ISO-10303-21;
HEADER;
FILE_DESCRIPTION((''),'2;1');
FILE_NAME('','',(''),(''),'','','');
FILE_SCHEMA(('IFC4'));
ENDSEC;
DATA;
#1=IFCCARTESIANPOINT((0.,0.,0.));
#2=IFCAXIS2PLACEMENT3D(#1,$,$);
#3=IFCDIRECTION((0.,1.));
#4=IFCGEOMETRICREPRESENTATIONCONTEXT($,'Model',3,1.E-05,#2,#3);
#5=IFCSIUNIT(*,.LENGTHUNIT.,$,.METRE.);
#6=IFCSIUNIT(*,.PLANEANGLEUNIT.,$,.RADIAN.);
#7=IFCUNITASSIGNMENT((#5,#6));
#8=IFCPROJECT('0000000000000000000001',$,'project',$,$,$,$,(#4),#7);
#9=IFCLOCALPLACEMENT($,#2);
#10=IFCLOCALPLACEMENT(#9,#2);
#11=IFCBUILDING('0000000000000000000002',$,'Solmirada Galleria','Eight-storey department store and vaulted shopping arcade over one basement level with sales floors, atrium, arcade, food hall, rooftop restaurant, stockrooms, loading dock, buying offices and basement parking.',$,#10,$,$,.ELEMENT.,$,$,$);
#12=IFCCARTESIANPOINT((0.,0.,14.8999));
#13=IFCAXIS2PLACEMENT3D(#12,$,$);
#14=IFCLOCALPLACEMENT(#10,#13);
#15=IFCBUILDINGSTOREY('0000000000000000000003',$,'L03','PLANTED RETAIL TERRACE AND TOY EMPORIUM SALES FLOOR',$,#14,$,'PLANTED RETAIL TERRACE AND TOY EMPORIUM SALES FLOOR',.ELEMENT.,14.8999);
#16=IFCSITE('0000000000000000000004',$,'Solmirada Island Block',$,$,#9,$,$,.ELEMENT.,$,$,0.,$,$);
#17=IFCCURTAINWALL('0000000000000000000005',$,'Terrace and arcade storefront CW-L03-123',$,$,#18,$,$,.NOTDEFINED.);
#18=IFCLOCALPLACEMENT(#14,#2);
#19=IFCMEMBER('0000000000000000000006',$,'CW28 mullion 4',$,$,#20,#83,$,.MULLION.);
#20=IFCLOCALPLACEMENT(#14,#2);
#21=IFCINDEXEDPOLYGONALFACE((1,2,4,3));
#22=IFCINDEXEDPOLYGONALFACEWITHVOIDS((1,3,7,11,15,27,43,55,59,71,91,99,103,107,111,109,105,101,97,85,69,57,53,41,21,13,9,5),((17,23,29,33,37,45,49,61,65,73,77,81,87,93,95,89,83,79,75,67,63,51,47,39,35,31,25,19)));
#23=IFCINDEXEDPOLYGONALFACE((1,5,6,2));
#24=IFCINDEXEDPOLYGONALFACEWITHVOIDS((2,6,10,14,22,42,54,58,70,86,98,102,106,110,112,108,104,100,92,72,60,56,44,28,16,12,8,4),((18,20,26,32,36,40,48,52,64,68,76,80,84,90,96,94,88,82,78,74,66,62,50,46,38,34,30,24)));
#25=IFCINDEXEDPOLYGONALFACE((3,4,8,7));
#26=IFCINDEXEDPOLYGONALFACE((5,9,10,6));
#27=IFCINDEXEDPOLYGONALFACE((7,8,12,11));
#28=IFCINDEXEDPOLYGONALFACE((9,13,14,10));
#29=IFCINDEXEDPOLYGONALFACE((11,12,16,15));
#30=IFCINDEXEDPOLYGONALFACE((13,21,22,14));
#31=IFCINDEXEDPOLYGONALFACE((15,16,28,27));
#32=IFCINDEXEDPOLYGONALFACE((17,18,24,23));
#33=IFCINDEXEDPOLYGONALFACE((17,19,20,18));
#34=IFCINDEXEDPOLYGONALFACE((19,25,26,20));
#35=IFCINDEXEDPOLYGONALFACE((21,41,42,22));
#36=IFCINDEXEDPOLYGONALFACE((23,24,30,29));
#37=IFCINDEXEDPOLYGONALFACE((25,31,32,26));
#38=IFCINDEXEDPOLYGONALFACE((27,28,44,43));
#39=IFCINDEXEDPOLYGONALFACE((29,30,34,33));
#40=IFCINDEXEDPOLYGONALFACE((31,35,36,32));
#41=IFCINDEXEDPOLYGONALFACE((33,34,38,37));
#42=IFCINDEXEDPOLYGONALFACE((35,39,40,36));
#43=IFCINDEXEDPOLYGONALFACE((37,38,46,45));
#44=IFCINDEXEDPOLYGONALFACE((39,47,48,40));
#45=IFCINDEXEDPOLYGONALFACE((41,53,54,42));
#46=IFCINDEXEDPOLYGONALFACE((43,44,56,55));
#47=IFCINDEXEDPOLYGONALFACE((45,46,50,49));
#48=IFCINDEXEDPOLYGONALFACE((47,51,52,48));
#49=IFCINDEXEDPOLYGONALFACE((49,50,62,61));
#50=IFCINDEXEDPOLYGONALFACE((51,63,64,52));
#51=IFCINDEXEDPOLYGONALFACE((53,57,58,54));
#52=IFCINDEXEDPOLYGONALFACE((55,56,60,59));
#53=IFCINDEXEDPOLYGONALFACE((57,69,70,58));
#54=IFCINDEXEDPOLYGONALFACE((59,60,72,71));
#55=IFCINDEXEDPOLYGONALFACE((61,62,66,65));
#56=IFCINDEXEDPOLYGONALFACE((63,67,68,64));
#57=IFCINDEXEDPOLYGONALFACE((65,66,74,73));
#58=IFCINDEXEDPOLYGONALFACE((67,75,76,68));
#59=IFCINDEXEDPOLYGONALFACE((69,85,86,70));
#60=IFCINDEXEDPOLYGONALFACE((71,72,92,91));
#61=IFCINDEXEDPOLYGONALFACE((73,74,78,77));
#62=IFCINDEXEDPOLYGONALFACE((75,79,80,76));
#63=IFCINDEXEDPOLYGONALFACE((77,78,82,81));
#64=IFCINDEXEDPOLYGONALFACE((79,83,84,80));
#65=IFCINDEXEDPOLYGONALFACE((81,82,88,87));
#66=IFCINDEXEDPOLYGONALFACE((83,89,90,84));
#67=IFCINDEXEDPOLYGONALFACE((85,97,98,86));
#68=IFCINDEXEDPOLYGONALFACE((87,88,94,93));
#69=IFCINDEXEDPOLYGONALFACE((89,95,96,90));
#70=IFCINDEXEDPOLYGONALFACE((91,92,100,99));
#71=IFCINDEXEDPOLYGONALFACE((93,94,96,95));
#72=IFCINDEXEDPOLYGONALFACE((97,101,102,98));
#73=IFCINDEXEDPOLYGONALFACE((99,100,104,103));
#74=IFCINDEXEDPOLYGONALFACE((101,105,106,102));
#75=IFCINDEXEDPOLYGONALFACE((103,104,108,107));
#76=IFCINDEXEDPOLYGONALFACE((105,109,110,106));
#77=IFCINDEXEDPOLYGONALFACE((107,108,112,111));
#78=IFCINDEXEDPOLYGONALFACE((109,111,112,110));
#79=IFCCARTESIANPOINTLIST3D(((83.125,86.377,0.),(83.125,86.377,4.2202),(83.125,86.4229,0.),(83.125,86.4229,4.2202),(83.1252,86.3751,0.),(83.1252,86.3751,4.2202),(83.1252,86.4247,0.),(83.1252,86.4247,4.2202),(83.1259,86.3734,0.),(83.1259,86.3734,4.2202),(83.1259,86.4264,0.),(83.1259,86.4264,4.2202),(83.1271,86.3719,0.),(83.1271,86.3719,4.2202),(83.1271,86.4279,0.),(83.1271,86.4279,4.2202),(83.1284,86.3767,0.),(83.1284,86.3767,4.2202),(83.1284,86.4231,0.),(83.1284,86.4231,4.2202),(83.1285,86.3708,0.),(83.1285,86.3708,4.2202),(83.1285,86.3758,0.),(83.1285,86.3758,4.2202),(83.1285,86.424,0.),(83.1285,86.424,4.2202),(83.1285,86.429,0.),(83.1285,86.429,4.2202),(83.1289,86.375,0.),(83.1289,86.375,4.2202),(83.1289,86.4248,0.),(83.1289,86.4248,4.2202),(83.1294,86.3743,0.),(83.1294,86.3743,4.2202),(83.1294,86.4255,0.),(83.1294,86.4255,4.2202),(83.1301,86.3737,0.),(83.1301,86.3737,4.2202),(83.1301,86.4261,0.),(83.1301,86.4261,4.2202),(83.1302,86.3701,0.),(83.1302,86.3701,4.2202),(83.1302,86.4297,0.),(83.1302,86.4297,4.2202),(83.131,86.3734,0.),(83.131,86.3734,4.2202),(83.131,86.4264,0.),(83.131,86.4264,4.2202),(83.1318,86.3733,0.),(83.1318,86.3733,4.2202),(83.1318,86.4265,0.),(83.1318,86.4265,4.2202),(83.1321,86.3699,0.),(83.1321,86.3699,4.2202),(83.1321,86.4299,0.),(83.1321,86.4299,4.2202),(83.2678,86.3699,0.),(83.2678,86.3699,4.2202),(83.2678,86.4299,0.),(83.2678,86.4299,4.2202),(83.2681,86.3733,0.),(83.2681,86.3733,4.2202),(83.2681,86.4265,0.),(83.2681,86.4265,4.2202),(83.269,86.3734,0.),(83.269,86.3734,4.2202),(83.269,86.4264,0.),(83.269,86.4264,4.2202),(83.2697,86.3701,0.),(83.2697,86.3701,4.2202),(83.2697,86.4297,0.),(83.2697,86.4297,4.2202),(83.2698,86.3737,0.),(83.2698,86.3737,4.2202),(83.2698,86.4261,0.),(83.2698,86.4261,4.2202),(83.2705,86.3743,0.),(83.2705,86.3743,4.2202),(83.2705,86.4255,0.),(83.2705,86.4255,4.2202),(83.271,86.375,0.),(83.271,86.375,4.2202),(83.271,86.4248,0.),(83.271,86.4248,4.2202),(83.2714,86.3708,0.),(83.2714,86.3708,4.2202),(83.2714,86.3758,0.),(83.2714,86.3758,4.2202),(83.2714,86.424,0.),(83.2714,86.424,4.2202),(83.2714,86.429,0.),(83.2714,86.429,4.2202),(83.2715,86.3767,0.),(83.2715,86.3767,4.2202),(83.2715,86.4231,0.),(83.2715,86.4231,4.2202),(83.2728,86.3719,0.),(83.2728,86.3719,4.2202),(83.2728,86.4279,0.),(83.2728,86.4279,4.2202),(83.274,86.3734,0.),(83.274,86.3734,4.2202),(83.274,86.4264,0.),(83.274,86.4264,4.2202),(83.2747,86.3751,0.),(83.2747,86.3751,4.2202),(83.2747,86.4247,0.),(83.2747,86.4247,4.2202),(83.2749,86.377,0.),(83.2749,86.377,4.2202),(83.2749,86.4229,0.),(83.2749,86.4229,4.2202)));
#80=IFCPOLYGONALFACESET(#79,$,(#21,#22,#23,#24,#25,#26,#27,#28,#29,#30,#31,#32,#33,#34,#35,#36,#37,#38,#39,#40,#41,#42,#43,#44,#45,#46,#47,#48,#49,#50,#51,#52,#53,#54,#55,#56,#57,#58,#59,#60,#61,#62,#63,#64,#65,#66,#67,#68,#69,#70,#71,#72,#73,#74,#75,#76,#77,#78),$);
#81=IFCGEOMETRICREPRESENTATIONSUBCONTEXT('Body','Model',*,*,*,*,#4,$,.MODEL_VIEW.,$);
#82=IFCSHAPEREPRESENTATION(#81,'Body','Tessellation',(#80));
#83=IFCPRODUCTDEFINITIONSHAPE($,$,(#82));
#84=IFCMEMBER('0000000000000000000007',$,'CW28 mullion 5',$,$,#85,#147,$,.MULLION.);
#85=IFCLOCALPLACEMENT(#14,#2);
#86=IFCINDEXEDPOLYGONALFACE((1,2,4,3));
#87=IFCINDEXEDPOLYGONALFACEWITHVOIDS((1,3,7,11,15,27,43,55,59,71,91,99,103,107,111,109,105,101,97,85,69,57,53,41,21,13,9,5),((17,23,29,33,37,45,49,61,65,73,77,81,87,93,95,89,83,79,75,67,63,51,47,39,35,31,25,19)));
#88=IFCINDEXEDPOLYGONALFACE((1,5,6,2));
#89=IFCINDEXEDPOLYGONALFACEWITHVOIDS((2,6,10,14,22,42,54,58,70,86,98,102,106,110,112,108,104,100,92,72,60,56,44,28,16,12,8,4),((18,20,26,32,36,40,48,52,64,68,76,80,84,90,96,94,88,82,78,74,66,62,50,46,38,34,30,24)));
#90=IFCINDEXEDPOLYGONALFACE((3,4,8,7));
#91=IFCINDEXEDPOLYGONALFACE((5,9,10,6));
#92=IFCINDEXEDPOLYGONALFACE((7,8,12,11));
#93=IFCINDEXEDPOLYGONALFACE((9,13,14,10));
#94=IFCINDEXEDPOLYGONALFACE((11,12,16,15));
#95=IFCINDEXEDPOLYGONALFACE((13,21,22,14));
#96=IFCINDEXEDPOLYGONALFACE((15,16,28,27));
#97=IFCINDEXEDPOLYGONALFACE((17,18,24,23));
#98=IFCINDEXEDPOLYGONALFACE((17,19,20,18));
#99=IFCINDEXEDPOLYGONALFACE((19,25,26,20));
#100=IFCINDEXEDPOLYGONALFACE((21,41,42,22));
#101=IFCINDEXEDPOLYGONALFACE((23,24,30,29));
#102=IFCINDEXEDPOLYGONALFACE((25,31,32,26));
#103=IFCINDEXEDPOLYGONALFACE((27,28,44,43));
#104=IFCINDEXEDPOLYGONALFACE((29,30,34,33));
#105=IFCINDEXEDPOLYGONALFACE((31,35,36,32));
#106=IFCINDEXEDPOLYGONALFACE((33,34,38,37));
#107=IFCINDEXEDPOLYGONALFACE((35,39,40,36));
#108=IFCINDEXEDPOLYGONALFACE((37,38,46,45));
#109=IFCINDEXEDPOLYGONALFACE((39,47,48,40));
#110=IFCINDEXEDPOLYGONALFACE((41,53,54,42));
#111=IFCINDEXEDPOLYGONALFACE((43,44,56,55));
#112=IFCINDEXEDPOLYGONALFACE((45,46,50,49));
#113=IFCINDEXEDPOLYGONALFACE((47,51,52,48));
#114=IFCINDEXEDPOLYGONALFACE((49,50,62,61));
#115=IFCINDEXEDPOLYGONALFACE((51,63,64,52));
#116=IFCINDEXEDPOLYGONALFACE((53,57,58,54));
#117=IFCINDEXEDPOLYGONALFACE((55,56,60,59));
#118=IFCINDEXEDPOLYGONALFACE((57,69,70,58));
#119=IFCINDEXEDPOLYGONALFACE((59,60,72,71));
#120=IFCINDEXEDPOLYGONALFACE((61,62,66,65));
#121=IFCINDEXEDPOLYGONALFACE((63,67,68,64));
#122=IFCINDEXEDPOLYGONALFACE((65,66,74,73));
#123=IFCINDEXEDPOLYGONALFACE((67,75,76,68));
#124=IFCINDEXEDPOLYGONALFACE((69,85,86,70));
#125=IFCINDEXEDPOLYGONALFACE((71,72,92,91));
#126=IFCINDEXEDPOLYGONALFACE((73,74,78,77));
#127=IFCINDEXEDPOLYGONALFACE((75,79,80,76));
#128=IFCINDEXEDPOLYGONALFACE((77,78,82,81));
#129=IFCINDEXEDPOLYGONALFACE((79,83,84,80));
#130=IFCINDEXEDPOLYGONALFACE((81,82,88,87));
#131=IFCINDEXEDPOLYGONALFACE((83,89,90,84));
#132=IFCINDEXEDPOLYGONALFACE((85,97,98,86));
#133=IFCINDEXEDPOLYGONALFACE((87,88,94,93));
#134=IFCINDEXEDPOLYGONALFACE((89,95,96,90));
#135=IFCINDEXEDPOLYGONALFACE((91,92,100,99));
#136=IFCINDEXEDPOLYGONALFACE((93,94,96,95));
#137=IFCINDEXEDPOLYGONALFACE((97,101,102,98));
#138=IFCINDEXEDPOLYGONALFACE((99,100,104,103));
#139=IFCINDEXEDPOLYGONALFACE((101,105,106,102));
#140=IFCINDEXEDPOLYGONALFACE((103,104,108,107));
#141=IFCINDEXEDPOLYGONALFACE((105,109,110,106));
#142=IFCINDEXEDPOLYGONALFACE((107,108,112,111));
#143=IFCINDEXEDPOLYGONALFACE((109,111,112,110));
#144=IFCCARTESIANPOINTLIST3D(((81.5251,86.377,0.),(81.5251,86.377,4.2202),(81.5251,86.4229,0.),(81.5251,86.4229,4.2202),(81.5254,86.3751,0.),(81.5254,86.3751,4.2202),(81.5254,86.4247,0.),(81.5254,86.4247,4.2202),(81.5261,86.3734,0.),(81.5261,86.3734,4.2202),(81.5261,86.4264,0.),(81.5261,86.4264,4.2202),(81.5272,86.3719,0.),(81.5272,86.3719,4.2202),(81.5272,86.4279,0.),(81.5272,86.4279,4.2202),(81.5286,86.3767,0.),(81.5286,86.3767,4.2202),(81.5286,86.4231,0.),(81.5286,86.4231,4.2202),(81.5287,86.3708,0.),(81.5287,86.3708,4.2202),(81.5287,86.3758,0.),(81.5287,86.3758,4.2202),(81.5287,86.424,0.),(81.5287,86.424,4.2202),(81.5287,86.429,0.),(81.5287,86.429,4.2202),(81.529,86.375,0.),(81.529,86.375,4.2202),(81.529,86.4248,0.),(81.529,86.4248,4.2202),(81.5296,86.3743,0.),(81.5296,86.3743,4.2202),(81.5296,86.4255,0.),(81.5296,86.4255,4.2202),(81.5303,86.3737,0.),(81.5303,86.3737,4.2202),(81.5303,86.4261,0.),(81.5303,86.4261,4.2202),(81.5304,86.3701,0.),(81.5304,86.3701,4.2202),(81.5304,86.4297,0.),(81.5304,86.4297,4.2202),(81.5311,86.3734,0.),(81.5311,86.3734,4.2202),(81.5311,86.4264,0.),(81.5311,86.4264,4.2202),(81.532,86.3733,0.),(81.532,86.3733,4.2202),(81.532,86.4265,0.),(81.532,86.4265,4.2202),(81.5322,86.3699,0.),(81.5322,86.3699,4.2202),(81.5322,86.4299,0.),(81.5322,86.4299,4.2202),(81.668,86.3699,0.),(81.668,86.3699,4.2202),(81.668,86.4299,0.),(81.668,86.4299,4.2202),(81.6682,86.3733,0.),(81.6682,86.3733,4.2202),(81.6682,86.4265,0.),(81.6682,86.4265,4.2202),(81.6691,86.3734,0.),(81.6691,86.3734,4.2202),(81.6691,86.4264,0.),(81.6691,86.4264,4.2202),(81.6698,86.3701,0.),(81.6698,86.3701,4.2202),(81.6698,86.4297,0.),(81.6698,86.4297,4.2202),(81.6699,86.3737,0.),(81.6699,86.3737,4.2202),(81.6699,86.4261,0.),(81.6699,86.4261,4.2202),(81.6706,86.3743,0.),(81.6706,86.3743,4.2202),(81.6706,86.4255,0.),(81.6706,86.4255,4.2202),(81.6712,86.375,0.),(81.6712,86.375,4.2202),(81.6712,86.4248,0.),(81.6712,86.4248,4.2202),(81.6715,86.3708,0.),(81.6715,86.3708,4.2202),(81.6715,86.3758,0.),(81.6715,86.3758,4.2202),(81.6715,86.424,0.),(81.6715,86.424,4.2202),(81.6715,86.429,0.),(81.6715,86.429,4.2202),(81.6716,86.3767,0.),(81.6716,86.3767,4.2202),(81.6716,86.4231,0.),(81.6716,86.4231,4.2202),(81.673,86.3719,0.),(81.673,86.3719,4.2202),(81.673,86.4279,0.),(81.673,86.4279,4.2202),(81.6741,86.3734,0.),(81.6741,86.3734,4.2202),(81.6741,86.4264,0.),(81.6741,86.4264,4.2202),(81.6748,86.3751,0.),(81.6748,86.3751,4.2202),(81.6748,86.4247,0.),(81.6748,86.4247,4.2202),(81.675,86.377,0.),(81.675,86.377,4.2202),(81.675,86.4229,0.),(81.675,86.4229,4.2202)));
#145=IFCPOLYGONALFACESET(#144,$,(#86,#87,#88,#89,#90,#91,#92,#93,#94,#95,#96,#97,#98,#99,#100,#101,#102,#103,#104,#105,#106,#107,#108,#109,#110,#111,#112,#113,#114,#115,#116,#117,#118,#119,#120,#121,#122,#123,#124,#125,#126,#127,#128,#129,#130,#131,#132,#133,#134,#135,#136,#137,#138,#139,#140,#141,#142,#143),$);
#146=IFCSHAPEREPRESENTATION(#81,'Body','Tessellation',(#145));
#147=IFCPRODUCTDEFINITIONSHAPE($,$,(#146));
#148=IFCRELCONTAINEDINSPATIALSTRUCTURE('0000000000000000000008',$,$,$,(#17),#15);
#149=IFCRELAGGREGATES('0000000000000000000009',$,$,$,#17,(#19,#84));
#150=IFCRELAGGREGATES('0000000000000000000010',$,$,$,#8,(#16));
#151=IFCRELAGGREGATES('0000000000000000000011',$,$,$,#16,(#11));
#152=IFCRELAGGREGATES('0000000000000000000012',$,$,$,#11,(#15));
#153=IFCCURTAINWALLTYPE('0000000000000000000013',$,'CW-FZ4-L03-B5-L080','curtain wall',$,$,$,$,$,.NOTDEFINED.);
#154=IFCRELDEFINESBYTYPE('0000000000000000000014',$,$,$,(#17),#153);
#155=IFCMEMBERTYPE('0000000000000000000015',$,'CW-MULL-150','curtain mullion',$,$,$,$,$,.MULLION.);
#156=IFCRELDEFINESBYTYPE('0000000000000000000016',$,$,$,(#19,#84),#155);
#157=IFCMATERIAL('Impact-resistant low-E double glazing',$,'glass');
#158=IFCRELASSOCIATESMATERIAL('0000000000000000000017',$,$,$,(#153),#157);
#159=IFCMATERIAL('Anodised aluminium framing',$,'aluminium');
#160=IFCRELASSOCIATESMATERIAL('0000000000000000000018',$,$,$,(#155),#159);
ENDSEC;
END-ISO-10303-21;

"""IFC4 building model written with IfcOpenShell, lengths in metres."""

from ifc_helpers import new_model, si_unit, direction, frame, origin, origin_2d, place, context, subcontext, project, spatial, hollow_rectangle, extrude, material, material_profile, profile_set, type_object, element, aggregate, save


model = new_model("IFC4")

# Units and contexts
model_context = context("Model", 3, precision=1e-05, world=origin(), true_north=direction((0.0, 1.0)))
body_context = subcontext(model_context, "Body", "Model", "MODEL_VIEW")
ifc_project = project(units=[si_unit("LENGTHUNIT", "METRE"), si_unit("PLANEANGLEUNIT", "RADIAN")], contexts=[model_context])

# Site, building, storey
site_placement = place(None, origin())
site = spatial("IfcSite", under=ifc_project, at=site_placement, Name="Solmirada Island Block", CompositionType="ELEMENT", RefElevation=0.0)
building_placement = place(site_placement, origin())
building = spatial("IfcBuilding", under=site, at=building_placement, Name="Solmirada Galleria", Description="Eight-storey department store and vaulted shopping arcade over one basement level with sales floors, atrium, arcade, food hall, rooftop restaurant, stockrooms, loading dock, buying offices and basement parking.", CompositionType="ELEMENT")
storey_placement = place(building_placement, frame((0.0, 0.0, 14.8999)))
storey = spatial("IfcBuildingStorey", under=building, at=storey_placement, Name="L03", Description="PLANTED RETAIL TERRACE AND TOY EMPORIUM SALES FLOOR", LongName="PLANTED RETAIL TERRACE AND TOY EMPORIUM SALES FLOOR", CompositionType="ELEMENT", Elevation=14.8999)

# Curtain wall, members
ifc_material_1 = material(Name="Impact-resistant low-E double glazing", Category="glass")
curtain_wall_type = type_object("IfcCurtainWallType", Name="CW-FZ4-L03-B5-L080", Description="curtain wall", PredefinedType="NOTDEFINED", material=ifc_material_1)
curtain_wall_placement = place(storey_placement, origin())
curtain_wall = element("IfcCurtainWall", 1, at=curtain_wall_placement, inside=storey, type_object=curtain_wall_type, Name="Terrace and arcade storefront CW-L03-123", PredefinedType="NOTDEFINED")
ifc_material_2 = material(Name="Anodised aluminium framing", Category="aluminium")
ifc_material_profile_1 = material_profile(ifc_material_2, hollow_rectangle(XDim=0.0601, YDim=0.1499, WallThickness=0.0034, InnerFilletRadius=0.0034, OuterFilletRadius=0.0071, at=origin_2d()), Name="ALU-MULL-150X60")
ifc_profile_set_1 = profile_set([ifc_material_profile_1], Name="Anodised aluminium framing")
member_type_1 = type_object("IfcMemberType", Name="CW-MULL-150", Description="curtain mullion", PredefinedType="MULLION", material=ifc_profile_set_1)
member_1_placement = place(storey_placement, frame((83.2, 86.3999, 0.0), z_axis=(0.0, 0.0, 1.0), x_axis=(0.0, -1.0, 0.0)))
member_1 = element("IfcMember", 2, at=member_1_placement, type_object=member_type_1, Name="CW28 mullion 4", PredefinedType="MULLION", context=body_context, shape_type="SweptSolid", body=[
    extrude(hollow_rectangle(XDim=0.0601, YDim=0.1499, WallThickness=0.0034, InnerFilletRadius=0.0034, OuterFilletRadius=0.0071, at=origin_2d()), origin(), (0.0, 0.0, 1.0), 4.2202),
])
member_2_placement = place(storey_placement, frame((81.6001, 86.3999, 0.0), z_axis=(0.0, 0.0, 1.0), x_axis=(0.0, -1.0, 0.0)))
member_2 = element("IfcMember", 3, at=member_2_placement, type_object=member_type_1, Name="CW28 mullion 5", PredefinedType="MULLION", context=body_context, shape_type="SweptSolid", body=[
    extrude(hollow_rectangle(XDim=0.0601, YDim=0.1499, WallThickness=0.0034, InnerFilletRadius=0.0034, OuterFilletRadius=0.0071, at=origin_2d()), origin(), (0.0, 0.0, 1.0), 4.2202),
])
aggregate(curtain_wall, [member_1, member_2])

save(model, "model.ifc")
